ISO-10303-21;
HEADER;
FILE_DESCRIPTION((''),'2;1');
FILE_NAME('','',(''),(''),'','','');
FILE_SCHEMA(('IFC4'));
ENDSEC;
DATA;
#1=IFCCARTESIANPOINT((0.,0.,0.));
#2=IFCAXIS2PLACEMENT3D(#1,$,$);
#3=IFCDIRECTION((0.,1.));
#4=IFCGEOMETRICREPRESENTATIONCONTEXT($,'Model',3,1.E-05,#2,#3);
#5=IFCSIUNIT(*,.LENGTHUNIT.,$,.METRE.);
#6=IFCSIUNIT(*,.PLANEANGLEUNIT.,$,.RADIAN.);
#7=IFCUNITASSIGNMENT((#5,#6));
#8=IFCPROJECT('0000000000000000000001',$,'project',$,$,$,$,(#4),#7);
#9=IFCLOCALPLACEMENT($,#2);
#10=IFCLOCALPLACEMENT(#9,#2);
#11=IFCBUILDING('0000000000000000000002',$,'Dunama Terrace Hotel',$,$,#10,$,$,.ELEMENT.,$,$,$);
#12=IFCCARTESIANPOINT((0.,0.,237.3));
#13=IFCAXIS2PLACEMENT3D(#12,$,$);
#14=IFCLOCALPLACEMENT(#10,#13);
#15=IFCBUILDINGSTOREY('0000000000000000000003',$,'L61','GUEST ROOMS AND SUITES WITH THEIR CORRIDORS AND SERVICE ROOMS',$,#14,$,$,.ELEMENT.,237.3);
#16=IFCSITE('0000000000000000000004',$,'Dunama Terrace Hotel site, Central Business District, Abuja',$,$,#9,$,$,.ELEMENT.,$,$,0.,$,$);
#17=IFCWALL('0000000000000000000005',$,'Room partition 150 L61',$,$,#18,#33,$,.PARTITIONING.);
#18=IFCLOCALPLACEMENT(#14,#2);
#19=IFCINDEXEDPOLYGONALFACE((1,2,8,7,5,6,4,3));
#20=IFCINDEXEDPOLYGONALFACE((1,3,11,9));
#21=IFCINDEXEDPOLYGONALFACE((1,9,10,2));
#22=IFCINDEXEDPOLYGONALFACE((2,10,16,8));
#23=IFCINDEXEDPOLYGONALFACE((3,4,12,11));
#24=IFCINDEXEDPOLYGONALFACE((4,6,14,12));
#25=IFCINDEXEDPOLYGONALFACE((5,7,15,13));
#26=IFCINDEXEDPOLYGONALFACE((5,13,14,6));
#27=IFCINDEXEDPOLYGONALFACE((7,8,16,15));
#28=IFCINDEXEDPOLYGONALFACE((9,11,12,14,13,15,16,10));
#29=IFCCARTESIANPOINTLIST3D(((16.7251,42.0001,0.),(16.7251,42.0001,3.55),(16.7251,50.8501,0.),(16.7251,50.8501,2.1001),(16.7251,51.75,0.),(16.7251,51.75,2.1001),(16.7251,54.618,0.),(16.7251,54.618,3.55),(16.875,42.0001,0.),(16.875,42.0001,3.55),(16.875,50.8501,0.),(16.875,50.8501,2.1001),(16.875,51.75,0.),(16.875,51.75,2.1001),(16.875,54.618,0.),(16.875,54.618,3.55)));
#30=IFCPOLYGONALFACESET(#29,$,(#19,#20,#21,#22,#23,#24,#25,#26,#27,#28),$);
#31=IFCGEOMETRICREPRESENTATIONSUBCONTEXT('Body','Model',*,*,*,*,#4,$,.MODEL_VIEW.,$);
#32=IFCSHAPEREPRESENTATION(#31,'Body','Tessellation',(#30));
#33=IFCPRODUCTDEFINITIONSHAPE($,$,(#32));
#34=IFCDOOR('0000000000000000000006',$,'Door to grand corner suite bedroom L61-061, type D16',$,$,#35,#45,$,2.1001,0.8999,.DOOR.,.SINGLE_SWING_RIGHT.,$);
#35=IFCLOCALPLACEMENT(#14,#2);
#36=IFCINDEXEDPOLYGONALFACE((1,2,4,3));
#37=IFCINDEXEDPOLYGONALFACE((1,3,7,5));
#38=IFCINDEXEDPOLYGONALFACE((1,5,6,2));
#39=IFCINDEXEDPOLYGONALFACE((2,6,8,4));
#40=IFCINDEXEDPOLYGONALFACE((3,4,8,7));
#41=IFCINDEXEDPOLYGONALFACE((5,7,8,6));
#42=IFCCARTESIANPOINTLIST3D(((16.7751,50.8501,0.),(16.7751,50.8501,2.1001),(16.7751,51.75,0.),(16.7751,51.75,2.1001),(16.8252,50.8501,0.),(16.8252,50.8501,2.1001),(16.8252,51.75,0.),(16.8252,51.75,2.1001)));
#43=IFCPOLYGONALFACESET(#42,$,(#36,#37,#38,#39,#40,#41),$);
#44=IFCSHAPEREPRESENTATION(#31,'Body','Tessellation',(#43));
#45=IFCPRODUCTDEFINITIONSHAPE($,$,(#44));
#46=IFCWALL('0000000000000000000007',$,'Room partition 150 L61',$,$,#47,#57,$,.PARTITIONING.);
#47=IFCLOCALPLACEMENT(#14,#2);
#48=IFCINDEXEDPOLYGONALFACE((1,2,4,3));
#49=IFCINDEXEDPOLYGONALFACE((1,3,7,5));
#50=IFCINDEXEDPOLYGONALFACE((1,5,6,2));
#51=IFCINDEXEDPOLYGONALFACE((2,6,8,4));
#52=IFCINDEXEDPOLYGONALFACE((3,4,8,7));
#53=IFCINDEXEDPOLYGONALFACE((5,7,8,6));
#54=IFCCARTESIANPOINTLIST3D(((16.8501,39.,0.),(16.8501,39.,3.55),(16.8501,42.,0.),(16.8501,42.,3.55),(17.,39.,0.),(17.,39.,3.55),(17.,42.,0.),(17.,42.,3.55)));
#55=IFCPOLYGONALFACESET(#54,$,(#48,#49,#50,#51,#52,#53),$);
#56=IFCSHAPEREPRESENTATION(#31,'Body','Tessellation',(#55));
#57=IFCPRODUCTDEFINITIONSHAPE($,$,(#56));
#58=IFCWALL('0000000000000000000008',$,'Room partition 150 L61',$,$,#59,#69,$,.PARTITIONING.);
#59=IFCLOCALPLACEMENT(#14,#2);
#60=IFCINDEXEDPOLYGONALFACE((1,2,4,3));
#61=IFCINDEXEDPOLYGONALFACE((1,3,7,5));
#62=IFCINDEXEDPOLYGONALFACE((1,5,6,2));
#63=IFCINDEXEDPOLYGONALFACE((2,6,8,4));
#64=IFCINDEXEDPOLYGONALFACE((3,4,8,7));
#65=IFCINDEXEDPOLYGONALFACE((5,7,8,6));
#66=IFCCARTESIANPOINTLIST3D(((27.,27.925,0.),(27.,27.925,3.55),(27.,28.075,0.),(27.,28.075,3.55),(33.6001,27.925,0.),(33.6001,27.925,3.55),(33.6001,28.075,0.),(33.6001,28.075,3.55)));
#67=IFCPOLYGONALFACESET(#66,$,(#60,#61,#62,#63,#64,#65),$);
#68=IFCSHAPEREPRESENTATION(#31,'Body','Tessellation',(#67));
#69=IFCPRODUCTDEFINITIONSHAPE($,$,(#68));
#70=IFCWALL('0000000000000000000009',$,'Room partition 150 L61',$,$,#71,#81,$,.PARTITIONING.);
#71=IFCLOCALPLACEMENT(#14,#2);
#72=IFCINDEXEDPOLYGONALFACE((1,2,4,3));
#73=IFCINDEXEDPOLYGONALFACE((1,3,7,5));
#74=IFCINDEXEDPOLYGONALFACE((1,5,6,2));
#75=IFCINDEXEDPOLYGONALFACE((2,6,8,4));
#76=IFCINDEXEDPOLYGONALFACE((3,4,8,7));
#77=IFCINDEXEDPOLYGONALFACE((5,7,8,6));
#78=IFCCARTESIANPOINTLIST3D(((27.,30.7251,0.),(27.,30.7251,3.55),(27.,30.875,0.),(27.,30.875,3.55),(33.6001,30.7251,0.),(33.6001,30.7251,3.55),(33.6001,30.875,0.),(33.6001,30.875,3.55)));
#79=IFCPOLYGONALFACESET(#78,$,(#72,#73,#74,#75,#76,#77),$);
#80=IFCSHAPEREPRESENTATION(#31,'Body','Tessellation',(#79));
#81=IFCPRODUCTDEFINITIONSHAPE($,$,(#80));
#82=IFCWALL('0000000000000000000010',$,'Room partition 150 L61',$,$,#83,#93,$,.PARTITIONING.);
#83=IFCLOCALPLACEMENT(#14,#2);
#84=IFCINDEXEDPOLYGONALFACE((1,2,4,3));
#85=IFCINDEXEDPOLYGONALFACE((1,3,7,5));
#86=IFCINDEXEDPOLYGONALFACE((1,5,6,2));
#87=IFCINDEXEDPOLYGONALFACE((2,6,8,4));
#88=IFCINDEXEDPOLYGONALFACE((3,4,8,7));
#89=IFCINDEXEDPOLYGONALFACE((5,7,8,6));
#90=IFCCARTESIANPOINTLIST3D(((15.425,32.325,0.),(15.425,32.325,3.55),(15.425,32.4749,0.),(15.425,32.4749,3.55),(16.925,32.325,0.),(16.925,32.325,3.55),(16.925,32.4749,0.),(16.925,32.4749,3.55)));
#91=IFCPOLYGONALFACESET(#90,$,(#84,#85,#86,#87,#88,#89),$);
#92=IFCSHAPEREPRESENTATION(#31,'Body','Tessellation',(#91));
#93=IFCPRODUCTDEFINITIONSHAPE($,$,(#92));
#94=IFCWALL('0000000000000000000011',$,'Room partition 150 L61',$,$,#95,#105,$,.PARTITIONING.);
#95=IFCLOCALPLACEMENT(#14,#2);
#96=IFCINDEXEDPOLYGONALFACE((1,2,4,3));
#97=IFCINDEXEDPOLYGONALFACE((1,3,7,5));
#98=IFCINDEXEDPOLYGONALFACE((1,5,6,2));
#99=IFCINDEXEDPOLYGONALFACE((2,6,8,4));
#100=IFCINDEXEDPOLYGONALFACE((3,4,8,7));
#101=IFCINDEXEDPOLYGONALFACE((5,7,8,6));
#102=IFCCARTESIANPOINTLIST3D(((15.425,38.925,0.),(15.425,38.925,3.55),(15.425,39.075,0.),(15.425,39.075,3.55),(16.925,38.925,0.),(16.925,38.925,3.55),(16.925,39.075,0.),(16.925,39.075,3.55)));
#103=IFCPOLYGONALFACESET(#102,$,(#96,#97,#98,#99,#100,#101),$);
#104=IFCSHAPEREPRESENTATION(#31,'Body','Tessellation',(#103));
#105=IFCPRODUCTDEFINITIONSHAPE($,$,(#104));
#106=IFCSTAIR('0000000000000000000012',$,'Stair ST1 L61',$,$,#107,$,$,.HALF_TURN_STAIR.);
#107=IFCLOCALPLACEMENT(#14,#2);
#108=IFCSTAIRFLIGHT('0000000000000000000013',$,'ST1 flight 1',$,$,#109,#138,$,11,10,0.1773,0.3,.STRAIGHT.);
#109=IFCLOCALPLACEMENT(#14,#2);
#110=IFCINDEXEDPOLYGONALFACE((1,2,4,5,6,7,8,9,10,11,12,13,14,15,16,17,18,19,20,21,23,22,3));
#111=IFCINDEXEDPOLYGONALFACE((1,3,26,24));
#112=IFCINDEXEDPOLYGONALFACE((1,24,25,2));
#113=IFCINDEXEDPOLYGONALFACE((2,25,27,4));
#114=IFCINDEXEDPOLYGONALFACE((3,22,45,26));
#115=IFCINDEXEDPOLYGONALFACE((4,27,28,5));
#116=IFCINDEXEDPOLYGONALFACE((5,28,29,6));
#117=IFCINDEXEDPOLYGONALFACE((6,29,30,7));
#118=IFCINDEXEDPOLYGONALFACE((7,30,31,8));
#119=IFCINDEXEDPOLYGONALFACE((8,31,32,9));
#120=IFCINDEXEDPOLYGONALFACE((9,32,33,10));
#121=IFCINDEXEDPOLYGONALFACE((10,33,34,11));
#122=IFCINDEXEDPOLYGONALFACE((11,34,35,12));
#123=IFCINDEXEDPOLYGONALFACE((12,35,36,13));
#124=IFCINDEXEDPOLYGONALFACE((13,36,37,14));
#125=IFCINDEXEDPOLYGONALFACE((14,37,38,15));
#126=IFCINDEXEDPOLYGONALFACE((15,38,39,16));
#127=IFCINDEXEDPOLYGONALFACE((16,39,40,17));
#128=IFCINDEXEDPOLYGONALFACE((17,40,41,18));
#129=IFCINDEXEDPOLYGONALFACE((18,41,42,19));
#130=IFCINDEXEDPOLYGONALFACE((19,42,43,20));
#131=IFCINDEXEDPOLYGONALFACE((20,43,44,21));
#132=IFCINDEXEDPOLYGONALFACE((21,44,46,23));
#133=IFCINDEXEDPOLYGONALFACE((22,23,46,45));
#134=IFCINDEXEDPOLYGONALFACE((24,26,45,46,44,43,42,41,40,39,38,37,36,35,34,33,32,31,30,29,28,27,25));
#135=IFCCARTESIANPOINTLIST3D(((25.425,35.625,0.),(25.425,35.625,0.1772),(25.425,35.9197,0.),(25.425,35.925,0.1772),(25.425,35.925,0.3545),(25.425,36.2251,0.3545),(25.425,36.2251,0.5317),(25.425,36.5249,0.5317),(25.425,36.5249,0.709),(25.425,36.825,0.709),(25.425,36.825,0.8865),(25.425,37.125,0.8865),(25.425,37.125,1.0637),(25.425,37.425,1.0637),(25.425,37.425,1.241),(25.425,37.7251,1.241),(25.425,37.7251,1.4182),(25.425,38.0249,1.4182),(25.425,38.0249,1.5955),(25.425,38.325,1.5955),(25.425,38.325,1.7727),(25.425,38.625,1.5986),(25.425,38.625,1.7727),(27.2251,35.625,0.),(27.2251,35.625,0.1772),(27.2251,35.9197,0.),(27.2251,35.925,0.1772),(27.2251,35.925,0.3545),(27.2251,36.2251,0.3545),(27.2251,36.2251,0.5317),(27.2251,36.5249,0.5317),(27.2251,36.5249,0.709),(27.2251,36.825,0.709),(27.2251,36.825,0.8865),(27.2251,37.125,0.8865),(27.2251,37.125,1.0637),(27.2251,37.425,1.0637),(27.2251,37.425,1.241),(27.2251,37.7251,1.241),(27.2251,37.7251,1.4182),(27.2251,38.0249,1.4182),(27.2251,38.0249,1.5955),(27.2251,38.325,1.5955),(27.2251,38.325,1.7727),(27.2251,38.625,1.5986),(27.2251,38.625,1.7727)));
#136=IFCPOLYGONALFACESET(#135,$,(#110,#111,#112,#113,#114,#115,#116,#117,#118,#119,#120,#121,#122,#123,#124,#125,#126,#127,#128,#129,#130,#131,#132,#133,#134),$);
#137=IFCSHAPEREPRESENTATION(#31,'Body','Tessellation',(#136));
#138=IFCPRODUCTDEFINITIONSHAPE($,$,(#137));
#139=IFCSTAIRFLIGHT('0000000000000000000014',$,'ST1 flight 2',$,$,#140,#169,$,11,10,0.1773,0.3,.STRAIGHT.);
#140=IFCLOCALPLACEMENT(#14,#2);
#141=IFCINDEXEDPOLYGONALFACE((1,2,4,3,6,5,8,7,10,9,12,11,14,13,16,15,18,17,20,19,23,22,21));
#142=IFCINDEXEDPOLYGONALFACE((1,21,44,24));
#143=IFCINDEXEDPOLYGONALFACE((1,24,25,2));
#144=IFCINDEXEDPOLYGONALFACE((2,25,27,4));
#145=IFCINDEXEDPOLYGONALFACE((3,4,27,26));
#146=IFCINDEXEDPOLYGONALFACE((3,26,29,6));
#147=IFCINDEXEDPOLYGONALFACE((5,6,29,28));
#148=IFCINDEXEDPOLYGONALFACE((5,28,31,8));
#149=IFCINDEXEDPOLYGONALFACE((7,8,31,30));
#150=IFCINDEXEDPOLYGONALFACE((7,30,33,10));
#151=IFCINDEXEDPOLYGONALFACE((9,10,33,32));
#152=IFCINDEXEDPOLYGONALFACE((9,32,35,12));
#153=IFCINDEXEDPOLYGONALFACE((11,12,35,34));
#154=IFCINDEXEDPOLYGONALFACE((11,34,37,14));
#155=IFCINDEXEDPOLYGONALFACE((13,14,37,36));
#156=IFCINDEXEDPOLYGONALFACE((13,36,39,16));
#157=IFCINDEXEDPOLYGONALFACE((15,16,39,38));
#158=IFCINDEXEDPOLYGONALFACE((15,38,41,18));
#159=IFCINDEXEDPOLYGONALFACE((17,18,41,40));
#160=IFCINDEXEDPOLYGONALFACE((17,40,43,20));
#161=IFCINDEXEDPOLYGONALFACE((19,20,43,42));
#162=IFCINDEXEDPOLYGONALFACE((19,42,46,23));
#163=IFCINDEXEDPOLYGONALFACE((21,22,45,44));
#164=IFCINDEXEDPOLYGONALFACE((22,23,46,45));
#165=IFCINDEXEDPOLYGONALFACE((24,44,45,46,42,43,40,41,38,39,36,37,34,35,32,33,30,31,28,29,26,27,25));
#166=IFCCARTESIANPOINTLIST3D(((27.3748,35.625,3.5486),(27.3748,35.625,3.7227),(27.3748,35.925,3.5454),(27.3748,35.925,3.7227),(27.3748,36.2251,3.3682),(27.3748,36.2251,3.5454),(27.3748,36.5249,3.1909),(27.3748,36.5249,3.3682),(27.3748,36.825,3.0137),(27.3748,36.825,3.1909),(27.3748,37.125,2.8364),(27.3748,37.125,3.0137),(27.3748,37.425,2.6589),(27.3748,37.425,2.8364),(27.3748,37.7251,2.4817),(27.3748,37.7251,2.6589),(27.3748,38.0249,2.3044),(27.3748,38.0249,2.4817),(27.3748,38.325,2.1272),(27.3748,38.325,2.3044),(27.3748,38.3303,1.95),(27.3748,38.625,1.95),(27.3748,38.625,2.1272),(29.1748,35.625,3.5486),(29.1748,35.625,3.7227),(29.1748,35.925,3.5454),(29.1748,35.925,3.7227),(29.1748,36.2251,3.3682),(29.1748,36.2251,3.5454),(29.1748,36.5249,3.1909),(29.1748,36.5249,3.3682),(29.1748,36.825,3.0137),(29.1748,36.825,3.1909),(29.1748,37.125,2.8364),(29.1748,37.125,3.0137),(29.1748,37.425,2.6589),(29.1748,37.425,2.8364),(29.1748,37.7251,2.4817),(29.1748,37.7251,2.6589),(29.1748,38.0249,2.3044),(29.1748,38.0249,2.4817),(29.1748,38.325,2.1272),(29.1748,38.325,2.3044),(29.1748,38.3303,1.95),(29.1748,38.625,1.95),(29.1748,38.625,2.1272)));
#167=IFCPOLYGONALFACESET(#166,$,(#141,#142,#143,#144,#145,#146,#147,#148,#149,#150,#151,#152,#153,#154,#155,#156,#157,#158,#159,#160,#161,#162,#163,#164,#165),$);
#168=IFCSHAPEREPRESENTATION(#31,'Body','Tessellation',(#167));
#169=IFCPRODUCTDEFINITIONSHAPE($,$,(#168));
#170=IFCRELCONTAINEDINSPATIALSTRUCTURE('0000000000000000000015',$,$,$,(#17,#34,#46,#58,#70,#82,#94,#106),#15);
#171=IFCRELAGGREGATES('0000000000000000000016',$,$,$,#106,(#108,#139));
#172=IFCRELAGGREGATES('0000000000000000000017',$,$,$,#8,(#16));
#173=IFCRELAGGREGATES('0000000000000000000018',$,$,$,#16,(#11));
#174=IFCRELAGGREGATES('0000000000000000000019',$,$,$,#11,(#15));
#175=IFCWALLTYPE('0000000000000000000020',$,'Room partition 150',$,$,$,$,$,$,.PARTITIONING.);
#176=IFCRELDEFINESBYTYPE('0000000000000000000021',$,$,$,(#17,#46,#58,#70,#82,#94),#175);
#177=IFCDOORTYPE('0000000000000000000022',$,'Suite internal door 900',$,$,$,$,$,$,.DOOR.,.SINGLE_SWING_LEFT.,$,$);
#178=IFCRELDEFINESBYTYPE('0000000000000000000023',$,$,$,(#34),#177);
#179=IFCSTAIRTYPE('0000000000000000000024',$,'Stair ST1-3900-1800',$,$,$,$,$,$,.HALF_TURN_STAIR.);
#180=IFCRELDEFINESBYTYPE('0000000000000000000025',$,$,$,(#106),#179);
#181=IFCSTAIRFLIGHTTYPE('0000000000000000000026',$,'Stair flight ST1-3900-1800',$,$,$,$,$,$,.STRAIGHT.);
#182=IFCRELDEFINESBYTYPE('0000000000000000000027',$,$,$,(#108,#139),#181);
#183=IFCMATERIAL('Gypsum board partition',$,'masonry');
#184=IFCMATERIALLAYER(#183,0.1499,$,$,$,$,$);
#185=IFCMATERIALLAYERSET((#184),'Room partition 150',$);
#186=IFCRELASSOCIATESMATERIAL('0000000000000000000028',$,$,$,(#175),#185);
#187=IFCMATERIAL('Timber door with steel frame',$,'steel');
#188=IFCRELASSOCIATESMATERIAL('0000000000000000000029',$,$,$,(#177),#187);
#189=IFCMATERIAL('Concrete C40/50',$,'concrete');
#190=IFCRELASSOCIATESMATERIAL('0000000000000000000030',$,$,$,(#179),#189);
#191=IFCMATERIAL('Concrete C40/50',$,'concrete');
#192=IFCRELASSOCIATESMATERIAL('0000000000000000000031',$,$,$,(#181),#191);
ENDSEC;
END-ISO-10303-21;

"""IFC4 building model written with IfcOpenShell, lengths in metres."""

from ifc_helpers import new_model, si_unit, direction, frame, frame_2d, origin, place, context, subcontext, project, spatial, polyline, rectangle, outline, extrude, material, layer, layer_set, type_object, element, fill, aggregate, save


model = new_model("IFC4")

# Units and contexts
model_context = context("Model", 3, precision=1e-05, world=origin(), true_north=direction((0.0, 1.0)))
body_context = subcontext(model_context, "Body", "Model", "MODEL_VIEW")
ifc_project = project(units=[si_unit("LENGTHUNIT", "METRE"), si_unit("PLANEANGLEUNIT", "RADIAN")], contexts=[model_context])

# Site, building, storey
site_placement = place(None, origin())
site = spatial("IfcSite", under=ifc_project, at=site_placement, Name="Dunama Terrace Hotel site, Central Business District, Abuja", CompositionType="ELEMENT", RefElevation=0.0)
building_placement = place(site_placement, origin())
building = spatial("IfcBuilding", under=site, at=building_placement, Name="Dunama Terrace Hotel", CompositionType="ELEMENT")
storey_placement = place(building_placement, frame((0.0, 0.0, 237.3)))
storey = spatial("IfcBuildingStorey", under=building, at=storey_placement, Name="L61", Description="GUEST ROOMS AND SUITES WITH THEIR CORRIDORS AND SERVICE ROOMS", CompositionType="ELEMENT", Elevation=237.3)

# Wall, opening, door
ifc_material_1 = material(Name="Gypsum board partition", Category="masonry")
ifc_layer_1 = layer(ifc_material_1, 0.1499)
ifc_layer_set_1 = layer_set([ifc_layer_1], Name="Room partition 150")
wall_type_1 = type_object("IfcWallType", Name="Room partition 150", PredefinedType="PARTITIONING", material=ifc_layer_set_1)
ifc_material_2 = material(Name="Timber door with steel frame", Category="steel")
door_type_1 = type_object("IfcDoorType", Name="Suite internal door 900", OperationType="SINGLE_SWING_LEFT", PredefinedType="DOOR", material=ifc_material_2)
wall_1_placement = place(storey_placement, frame((16.8, 42.0, 0.0), z_axis=(0.0, 0.0, 1.0), x_axis=(0.0, 1.0, 0.0)))
wall_1 = element("IfcWall", 1, at=wall_1_placement, inside=storey, type_object=wall_type_1, Name="Room partition 150 L61", PredefinedType="PARTITIONING", context=body_context, shape_type="SweptSolid", body=[
    extrude(rectangle(XDim=12.6179, YDim=0.1499, at=frame_2d((6.3091, 0.0))), origin(), (0.0, 0.0, 1.0), 3.55),
])
opening_1_placement = place(wall_1_placement, frame((8.8501, 0.0, 0.0)))
opening_1 = element("IfcOpeningElement", 2, at=opening_1_placement, cuts=wall_1, PredefinedType="OPENING", context=body_context, shape_type="SweptSolid", body=[
    extrude(rectangle(XDim=0.8999, YDim=2.1001, at=frame_2d((0.45, 1.05))), frame((0.0, 0.085, 0.0), z_axis=(0.0, -1.0, 0.0), x_axis=(1.0, 0.0, 0.0)), (0.0, 0.0, 1.0), 0.1699),
])
door_1_placement = place(opening_1_placement, origin())
door_1 = element("IfcDoor", 3, at=door_1_placement, inside=storey, type_object=door_type_1, Name="Door to grand corner suite bedroom L61-061, type D16", OperationType="SINGLE_SWING_RIGHT", OverallHeight=2.1001, OverallWidth=0.8999, PredefinedType="DOOR", context=body_context, shape_type="SweptSolid", body=[
    extrude(rectangle(XDim=0.8999, YDim=2.1001, at=frame_2d((0.45, 1.05))), frame((0.0, 0.0249, 0.0), z_axis=(0.0, -1.0, 0.0), x_axis=(1.0, 0.0, 0.0)), (0.0, 0.0, 1.0), 0.05),
])
fill(opening_1, door_1)

# Walls
wall_2_placement = place(storey_placement, frame((16.925, 39.0, 0.0), z_axis=(0.0, 0.0, 1.0), x_axis=(0.0, 1.0, 0.0)))
element("IfcWall", 4, at=wall_2_placement, inside=storey, type_object=wall_type_1, Name="Room partition 150 L61", PredefinedType="PARTITIONING", context=body_context, shape_type="SweptSolid", body=[
    extrude(rectangle(XDim=3.0, YDim=0.1499, at=frame_2d((1.5, 0.0))), origin(), (0.0, 0.0, 1.0), 3.55),
])
for number, where, z_axis, x_axis, name in (
    (5, (27.0, 28.0, 0.0), (0.0, 0.0, 1.0), (1.0, 0.0, 0.0), "Room partition 150 L61"),
    (6, (27.0, 30.8, 0.0), (0.0, 0.0, 1.0), (1.0, 0.0, 0.0), "Room partition 150 L61"),
):
    element("IfcWall", number, at=place(storey_placement, frame(where, z_axis=z_axis, x_axis=x_axis)), inside=storey, type_object=wall_type_1, Name=name, PredefinedType="PARTITIONING", context=body_context, shape_type="SweptSolid", body=[
        extrude(rectangle(XDim=6.6001, YDim=0.1499, at=frame_2d((3.3, 0.0))), origin(), (0.0, 0.0, 1.0), 3.55),
    ])
for number, where, z_axis, x_axis, name in (
    (7, (15.425, 32.3999, 0.0), (0.0, 0.0, 1.0), (1.0, 0.0, 0.0), "Room partition 150 L61"),
    (8, (15.425, 39.0, 0.0), (0.0, 0.0, 1.0), (1.0, 0.0, 0.0), "Room partition 150 L61"),
):
    element("IfcWall", number, at=place(storey_placement, frame(where, z_axis=z_axis, x_axis=x_axis)), inside=storey, type_object=wall_type_1, Name=name, PredefinedType="PARTITIONING", context=body_context, shape_type="SweptSolid", body=[
        extrude(rectangle(XDim=1.5, YDim=0.1499, at=frame_2d((0.75, 0.0))), origin(), (0.0, 0.0, 1.0), 3.55),
    ])

# Stair, stair flights
ifc_material_3 = material(Name="Concrete C40/50", Category="concrete")
stair_type = type_object("IfcStairType", Name="Stair ST1-3900-1800", PredefinedType="HALF_TURN_STAIR", material=ifc_material_3)
stair_placement = place(storey_placement, origin())
stair = element("IfcStair", 9, at=stair_placement, inside=storey, type_object=stair_type, Name="Stair ST1 L61", PredefinedType="HALF_TURN_STAIR")
ifc_material_4 = material(Name="Concrete C40/50", Category="concrete")
stair_flight_type = type_object("IfcStairFlightType", Name="Stair flight ST1-3900-1800", PredefinedType="STRAIGHT", material=ifc_material_4)
stair_flight_1_placement = place(storey_placement, frame((26.325, 35.625, 0.0), z_axis=(0.0, 0.0, 1.0), x_axis=(0.0, 1.0, 0.0)))
stair_flight_1 = element("IfcStairFlight", 10, at=stair_flight_1_placement, type_object=stair_flight_type, Name="ST1 flight 1", NumberOfRisers=11, NumberOfTreads=10, PredefinedType="STRAIGHT", RiserHeight=0.1773, TreadLength=0.3, context=body_context, shape_type="SweptSolid", body=[
    extrude(outline(polyline([(0.0, 0.0), (0.0, 0.1772), (0.3, 0.1772), (0.3, 0.3545), (0.6001, 0.3545), (0.6001, 0.5317), (0.8999, 0.5317), (0.8999, 0.709), (1.2, 0.709), (1.2, 0.8865), (1.5, 0.8865), (1.5, 1.0637), (1.8, 1.0637), (1.8, 1.241), (2.1001, 1.241), (2.1001, 1.4182), (2.3999, 1.4182), (2.3999, 1.5955), (2.7, 1.5955), (2.7, 1.7727), (3.0, 1.7727), (3.0, 1.95), (3.0, 1.5986), (0.2947, 0.0), (0.0, 0.0)])), frame((0.0, 0.8999, 0.0), z_axis=(0.0, -1.0, 0.0), x_axis=(1.0, 0.0, 0.0)), (0.0, 0.0, 1.0), 1.8),
])
stair_flight_2_placement = place(storey_placement, frame((28.2749, 38.625, 1.95), z_axis=(0.0, 0.0, 1.0), x_axis=(0.0, -1.0, 0.0)))
stair_flight_2 = element("IfcStairFlight", 11, at=stair_flight_2_placement, type_object=stair_flight_type, Name="ST1 flight 2", NumberOfRisers=11, NumberOfTreads=10, PredefinedType="STRAIGHT", RiserHeight=0.1773, TreadLength=0.3, context=body_context, shape_type="SweptSolid", body=[
    extrude(outline(polyline([(0.0, 0.0), (0.0, 0.1772), (0.3, 0.1772), (0.3, 0.3545), (0.6001, 0.3545), (0.6001, 0.5317), (0.8999, 0.5317), (0.8999, 0.709), (1.2, 0.709), (1.2, 0.8865), (1.5, 0.8865), (1.5, 1.0637), (1.8, 1.0637), (1.8, 1.241), (2.1001, 1.241), (2.1001, 1.4182), (2.3999, 1.4182), (2.3999, 1.5955), (2.7, 1.5955), (2.7, 1.7727), (3.0, 1.7727), (3.0, 1.95), (3.0, 1.5986), (0.2947, 0.0), (0.0, 0.0)])), frame((0.0, 0.8999, 0.0), z_axis=(0.0, -1.0, 0.0), x_axis=(1.0, 0.0, 0.0)), (0.0, 0.0, 1.0), 1.8),
])
aggregate(stair, [stair_flight_1, stair_flight_2])

save(model, "model.ifc")
